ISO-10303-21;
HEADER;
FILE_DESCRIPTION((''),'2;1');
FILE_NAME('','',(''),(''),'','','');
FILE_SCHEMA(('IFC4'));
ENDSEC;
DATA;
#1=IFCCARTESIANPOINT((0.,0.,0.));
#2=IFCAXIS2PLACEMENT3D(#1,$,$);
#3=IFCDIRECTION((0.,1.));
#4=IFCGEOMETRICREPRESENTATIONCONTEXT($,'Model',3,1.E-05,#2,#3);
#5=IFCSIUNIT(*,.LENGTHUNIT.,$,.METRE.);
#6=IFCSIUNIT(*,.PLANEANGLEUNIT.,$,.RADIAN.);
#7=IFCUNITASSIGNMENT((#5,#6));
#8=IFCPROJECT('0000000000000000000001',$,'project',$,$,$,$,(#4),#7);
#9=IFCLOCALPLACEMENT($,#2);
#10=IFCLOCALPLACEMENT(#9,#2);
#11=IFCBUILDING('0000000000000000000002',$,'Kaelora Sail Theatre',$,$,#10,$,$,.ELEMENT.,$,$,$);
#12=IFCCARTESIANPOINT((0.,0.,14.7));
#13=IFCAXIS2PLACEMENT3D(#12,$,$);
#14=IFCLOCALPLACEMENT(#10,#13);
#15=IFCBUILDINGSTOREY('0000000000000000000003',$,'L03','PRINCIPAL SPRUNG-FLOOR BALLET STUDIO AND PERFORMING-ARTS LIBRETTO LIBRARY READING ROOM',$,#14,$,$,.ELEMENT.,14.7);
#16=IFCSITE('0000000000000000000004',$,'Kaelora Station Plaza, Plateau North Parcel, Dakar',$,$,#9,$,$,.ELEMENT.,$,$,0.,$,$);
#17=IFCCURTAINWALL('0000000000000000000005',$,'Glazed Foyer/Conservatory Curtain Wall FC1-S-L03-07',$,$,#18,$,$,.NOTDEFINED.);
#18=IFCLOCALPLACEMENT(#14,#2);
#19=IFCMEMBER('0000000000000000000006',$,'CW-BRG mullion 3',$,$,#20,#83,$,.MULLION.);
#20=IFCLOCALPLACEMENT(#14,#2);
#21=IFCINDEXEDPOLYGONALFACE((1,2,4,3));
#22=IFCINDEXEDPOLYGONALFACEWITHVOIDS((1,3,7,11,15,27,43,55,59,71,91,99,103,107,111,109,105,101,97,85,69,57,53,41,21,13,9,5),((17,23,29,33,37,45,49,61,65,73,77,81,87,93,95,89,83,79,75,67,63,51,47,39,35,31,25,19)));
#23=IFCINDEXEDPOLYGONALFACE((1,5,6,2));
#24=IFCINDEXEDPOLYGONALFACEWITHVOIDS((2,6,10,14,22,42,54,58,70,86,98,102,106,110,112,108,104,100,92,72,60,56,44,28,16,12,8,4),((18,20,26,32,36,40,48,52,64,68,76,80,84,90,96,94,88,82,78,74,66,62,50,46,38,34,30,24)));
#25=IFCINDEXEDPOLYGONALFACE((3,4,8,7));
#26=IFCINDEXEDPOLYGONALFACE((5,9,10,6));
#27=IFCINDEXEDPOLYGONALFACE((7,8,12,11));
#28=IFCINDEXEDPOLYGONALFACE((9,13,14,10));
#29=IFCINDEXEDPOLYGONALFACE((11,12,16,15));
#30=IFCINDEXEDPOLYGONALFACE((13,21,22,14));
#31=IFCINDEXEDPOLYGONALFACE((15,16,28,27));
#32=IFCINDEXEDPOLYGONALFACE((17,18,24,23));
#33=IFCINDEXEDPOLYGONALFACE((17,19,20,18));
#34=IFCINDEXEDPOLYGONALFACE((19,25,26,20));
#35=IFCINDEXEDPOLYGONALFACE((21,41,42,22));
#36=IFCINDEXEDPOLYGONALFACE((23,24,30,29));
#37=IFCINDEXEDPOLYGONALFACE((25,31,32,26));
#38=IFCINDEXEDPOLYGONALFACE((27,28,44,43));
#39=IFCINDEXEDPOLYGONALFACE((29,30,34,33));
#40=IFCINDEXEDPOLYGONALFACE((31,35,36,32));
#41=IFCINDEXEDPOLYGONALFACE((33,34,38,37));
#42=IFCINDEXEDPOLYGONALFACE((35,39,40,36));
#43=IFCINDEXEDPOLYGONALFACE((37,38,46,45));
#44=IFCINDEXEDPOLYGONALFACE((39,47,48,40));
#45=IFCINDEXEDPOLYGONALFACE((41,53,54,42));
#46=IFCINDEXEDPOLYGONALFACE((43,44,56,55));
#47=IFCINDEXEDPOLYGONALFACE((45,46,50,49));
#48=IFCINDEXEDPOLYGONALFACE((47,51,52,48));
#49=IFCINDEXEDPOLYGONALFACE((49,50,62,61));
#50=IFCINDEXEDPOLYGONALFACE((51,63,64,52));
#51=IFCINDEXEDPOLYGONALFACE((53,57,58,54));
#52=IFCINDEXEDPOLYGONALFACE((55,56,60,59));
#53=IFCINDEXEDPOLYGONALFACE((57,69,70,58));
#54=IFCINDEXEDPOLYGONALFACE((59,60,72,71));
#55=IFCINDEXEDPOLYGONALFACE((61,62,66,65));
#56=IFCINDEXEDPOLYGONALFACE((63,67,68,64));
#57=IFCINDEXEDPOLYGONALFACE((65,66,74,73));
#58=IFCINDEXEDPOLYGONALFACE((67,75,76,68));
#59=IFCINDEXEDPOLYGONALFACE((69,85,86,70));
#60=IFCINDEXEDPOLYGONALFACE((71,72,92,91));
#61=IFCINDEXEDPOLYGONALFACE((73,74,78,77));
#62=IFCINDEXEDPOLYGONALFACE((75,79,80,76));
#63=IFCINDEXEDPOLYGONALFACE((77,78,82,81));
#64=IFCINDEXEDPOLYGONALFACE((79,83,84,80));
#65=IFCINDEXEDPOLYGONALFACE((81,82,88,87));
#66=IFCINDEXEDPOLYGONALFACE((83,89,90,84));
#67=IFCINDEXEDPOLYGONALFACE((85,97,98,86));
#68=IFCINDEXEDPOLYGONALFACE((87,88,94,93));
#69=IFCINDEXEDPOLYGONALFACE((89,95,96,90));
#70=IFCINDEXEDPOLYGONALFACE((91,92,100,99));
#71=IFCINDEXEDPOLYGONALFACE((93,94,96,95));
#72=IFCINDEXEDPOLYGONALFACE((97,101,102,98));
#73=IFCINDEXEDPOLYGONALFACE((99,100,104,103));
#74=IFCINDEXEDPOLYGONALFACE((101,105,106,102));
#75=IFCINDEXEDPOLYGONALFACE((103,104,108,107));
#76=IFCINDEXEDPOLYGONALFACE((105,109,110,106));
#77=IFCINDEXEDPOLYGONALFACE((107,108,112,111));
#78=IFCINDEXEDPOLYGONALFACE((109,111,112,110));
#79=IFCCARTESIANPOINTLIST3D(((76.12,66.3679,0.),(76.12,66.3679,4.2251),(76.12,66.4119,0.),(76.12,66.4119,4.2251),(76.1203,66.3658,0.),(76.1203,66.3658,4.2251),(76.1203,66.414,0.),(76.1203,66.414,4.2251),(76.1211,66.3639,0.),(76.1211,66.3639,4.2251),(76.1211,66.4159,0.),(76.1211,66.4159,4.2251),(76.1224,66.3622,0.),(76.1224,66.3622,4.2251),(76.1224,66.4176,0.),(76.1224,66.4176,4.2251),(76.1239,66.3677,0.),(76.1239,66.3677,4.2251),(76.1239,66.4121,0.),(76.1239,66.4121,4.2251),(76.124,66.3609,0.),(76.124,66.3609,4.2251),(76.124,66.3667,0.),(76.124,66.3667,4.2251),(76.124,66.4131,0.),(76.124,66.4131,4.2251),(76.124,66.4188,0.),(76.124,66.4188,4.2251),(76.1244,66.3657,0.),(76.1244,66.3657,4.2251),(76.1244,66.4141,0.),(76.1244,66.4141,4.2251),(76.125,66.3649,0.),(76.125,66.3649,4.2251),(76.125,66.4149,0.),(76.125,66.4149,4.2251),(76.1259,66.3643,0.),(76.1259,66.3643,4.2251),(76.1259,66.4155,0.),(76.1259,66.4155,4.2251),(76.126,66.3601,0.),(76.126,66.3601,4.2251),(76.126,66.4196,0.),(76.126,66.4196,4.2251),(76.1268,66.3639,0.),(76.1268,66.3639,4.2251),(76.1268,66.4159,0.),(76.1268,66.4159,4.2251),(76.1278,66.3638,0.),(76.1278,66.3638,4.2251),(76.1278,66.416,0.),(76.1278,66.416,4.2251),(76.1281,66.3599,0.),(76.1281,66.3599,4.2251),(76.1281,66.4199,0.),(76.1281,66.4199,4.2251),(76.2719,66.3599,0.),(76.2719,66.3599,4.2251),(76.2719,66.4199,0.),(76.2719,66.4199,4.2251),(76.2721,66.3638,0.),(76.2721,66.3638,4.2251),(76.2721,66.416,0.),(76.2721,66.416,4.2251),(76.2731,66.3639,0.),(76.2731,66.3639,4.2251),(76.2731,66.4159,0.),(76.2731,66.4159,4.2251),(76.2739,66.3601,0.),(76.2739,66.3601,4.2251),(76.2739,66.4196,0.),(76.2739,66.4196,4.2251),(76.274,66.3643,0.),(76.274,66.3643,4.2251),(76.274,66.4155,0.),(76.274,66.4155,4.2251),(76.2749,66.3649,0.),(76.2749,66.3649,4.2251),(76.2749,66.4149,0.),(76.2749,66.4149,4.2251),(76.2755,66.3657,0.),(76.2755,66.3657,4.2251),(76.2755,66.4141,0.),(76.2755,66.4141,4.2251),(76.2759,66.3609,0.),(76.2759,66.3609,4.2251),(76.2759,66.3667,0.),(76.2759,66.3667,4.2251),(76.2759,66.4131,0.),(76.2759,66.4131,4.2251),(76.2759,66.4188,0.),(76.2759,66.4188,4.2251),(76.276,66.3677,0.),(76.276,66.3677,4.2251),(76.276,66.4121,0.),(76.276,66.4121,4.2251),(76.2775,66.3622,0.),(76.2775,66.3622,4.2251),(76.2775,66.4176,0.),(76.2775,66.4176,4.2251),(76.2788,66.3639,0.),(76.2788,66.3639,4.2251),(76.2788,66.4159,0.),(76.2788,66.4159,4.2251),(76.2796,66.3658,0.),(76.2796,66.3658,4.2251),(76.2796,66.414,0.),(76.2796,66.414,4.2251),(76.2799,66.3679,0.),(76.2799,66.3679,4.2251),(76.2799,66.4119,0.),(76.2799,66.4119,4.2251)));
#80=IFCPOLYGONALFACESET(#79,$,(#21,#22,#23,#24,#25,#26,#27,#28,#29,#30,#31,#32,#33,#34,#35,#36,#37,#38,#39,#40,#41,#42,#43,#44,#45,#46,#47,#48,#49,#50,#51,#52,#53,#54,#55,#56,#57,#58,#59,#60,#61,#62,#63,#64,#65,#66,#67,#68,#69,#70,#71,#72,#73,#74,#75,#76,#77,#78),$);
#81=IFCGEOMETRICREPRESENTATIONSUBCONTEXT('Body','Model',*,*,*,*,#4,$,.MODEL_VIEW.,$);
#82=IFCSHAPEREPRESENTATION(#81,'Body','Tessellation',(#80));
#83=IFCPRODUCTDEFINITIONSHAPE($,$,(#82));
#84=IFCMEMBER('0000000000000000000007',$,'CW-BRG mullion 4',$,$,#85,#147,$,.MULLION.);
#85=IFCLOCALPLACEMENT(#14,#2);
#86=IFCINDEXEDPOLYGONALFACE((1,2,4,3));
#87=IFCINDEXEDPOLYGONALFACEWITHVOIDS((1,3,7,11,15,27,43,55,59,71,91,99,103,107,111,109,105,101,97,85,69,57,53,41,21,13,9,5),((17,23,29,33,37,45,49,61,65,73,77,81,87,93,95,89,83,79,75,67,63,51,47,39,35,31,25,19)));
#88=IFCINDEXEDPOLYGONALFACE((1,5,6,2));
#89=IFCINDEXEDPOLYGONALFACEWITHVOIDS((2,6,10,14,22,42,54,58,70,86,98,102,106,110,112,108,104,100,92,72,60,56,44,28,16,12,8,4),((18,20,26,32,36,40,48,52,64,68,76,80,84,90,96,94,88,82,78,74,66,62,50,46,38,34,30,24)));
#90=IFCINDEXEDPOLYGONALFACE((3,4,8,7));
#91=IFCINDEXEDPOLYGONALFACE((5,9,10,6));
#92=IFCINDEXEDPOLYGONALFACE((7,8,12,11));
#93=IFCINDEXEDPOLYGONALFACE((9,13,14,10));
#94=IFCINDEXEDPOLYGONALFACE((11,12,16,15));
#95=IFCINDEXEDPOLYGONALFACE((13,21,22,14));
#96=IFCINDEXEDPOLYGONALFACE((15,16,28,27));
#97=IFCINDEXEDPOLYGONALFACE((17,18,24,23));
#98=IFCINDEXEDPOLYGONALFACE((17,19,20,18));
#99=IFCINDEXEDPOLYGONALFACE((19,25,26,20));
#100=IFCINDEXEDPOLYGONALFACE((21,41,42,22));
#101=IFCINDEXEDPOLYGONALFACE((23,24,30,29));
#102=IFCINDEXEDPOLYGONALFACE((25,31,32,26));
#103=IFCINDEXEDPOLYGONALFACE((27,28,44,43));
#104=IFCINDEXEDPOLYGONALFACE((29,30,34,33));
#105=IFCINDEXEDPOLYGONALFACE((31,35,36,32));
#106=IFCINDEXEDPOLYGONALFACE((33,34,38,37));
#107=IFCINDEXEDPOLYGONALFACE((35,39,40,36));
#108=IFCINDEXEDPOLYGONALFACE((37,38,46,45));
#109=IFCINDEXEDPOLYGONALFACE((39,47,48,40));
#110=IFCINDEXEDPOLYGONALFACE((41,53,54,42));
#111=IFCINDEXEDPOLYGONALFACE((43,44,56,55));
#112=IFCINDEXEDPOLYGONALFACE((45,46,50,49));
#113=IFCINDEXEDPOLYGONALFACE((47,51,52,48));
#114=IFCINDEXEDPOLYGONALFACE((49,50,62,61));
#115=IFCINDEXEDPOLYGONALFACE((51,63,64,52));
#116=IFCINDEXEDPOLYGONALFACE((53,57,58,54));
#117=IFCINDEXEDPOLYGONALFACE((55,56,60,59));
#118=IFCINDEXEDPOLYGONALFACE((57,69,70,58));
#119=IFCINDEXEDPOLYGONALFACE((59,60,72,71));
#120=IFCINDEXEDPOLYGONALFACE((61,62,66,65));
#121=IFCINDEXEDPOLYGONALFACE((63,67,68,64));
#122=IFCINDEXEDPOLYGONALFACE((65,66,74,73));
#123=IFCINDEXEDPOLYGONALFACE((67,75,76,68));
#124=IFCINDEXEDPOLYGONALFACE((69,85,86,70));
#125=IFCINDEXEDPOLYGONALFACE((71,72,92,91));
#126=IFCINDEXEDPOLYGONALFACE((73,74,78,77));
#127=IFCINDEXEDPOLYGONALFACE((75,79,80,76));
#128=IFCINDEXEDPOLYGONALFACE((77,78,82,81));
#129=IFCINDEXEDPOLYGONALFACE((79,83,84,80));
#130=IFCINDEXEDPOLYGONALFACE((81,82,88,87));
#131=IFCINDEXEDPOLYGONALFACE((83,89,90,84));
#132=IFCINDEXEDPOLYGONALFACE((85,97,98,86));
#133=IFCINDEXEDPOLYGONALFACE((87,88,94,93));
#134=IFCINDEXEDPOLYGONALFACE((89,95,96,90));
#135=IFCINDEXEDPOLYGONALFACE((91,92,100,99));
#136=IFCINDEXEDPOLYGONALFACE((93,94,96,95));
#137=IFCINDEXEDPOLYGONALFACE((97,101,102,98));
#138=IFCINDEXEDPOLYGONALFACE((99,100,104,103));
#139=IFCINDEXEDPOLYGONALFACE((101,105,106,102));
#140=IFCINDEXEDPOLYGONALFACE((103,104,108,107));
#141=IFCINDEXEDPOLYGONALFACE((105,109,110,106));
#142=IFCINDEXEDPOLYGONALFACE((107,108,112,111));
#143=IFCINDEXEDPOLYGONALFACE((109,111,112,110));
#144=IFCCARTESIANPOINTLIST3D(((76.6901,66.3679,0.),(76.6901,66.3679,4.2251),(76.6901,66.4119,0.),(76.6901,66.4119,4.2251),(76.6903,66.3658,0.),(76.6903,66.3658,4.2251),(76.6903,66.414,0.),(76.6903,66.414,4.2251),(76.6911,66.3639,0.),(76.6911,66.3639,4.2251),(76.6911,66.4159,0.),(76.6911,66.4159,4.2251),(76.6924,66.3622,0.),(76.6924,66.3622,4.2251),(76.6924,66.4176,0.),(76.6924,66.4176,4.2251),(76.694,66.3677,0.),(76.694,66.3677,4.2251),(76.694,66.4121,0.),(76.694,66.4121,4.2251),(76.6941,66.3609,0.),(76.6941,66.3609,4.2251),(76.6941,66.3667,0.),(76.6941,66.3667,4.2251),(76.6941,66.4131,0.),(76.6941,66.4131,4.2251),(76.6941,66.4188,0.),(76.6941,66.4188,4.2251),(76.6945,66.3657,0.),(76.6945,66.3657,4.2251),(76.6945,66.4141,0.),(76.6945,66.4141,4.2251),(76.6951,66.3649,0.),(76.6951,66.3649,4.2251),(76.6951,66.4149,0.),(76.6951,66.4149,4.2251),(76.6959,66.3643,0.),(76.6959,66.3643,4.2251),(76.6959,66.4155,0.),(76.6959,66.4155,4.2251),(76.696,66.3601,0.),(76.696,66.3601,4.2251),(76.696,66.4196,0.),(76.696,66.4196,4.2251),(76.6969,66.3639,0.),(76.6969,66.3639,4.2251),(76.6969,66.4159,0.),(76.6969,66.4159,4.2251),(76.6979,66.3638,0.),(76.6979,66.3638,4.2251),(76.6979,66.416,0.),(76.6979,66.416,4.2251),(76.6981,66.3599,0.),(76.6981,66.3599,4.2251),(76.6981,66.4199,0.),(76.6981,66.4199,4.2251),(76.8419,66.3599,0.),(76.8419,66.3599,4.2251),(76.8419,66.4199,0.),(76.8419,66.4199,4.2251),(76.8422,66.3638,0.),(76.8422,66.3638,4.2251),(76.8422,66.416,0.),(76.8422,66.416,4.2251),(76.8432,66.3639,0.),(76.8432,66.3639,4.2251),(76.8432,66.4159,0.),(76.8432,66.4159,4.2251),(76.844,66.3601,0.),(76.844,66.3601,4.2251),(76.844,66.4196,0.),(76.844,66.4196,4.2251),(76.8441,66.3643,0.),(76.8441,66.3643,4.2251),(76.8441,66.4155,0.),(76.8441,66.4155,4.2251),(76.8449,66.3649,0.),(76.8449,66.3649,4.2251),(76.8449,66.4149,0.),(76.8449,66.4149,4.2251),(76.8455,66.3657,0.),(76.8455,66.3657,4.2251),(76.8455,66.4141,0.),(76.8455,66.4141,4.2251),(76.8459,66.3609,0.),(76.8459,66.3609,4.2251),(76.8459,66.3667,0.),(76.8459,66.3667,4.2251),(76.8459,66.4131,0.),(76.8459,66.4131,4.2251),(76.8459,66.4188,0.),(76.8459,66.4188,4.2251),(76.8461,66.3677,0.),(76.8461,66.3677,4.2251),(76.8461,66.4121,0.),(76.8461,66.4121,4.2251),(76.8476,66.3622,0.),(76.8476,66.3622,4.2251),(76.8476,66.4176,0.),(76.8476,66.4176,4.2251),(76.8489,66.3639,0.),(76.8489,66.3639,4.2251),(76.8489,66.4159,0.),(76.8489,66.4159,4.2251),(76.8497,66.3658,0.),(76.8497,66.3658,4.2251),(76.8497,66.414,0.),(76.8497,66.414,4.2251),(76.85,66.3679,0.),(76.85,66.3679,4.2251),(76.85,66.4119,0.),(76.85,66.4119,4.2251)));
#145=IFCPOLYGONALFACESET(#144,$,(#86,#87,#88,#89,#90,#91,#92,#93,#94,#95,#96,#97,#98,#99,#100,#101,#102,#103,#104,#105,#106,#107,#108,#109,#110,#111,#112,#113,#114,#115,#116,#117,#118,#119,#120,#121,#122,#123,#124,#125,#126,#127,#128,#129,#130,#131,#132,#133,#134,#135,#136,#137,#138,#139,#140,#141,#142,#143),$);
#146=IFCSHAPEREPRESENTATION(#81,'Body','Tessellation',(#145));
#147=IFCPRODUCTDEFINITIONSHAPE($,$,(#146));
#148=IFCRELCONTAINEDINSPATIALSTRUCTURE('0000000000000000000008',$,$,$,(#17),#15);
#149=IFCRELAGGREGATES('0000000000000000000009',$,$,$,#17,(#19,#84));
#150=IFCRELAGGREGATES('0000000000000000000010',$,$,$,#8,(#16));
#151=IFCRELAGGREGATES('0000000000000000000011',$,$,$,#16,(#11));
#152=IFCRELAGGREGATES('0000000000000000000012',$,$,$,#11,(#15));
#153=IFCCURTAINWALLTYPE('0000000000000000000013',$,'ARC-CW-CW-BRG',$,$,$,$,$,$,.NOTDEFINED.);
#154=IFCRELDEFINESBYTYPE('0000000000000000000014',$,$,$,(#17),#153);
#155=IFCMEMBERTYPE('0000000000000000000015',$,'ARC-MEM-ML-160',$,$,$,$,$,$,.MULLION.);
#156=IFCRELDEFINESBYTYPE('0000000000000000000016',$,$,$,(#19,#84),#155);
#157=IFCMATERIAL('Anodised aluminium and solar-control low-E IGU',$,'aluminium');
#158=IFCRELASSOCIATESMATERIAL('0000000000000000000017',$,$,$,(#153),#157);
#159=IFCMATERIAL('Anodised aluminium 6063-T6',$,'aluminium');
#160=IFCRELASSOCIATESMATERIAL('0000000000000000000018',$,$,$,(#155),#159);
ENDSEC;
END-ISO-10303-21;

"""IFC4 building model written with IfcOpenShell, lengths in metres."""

from ifc_helpers import new_model, si_unit, direction, frame, origin, origin_2d, place, context, subcontext, project, spatial, hollow_rectangle, extrude, material, material_profile, profile_set, type_object, element, aggregate, save


model = new_model("IFC4")

# Units and contexts
model_context = context("Model", 3, precision=1e-05, world=origin(), true_north=direction((0.0, 1.0)))
body_context = subcontext(model_context, "Body", "Model", "MODEL_VIEW")
ifc_project = project(units=[si_unit("LENGTHUNIT", "METRE"), si_unit("PLANEANGLEUNIT", "RADIAN")], contexts=[model_context])

# Site, building, storey
site_placement = place(None, origin())
site = spatial("IfcSite", under=ifc_project, at=site_placement, Name="Kaelora Station Plaza, Plateau North Parcel, Dakar", CompositionType="ELEMENT", RefElevation=0.0)
building_placement = place(site_placement, origin())
building = spatial("IfcBuilding", under=site, at=building_placement, Name="Kaelora Sail Theatre", CompositionType="ELEMENT")
storey_placement = place(building_placement, frame((0.0, 0.0, 14.7)))
storey = spatial("IfcBuildingStorey", under=building, at=storey_placement, Name="L03", Description="PRINCIPAL SPRUNG-FLOOR BALLET STUDIO AND PERFORMING-ARTS LIBRETTO LIBRARY READING ROOM", CompositionType="ELEMENT", Elevation=14.7)

# Curtain wall, members
ifc_material_1 = material(Name="Anodised aluminium and solar-control low-E IGU", Category="aluminium")
curtain_wall_type = type_object("IfcCurtainWallType", Name="ARC-CW-CW-BRG", PredefinedType="NOTDEFINED", material=ifc_material_1)
curtain_wall_1_placement = place(storey_placement, origin())
curtain_wall_1 = element("IfcCurtainWall", 1, at=curtain_wall_1_placement, inside=storey, type_object=curtain_wall_type, Name="Glazed Foyer/Conservatory Curtain Wall FC1-S-L03-07", PredefinedType="NOTDEFINED")
ifc_material_2 = material(Name="Anodised aluminium 6063-T6", Category="aluminium")
ifc_material_profile_1 = material_profile(ifc_material_2, hollow_rectangle(XDim=0.0601, YDim=0.1599, WallThickness=0.0039, InnerFilletRadius=0.0039, OuterFilletRadius=0.0081, at=origin_2d()), Name="ALU-MULL 60x160x4")
ifc_profile_set_1 = profile_set([ifc_material_profile_1], Name="Anodised aluminium 6063-T6")
member_type_1 = type_object("IfcMemberType", Name="ARC-MEM-ML-160", PredefinedType="MULLION", material=ifc_profile_set_1)
member_1_placement = place(storey_placement, frame((76.2, 66.3899, 0.0), z_axis=(0.0, 0.0, 1.0), x_axis=(0.0, 1.0, 0.0)))
member_1 = element("IfcMember", 2, at=member_1_placement, type_object=member_type_1, Name="CW-BRG mullion 3", PredefinedType="MULLION", context=body_context, shape_type="SweptSolid", body=[
    extrude(hollow_rectangle(XDim=0.0601, YDim=0.1599, WallThickness=0.0039, InnerFilletRadius=0.0039, OuterFilletRadius=0.0081, at=origin_2d()), origin(), (0.0, 0.0, 1.0), 4.2251),
])
member_2_placement = place(storey_placement, frame((76.77, 66.3899, 0.0), z_axis=(0.0, 0.0, 1.0), x_axis=(0.0, 1.0, 0.0)))
member_2 = element("IfcMember", 3, at=member_2_placement, type_object=member_type_1, Name="CW-BRG mullion 4", PredefinedType="MULLION", context=body_context, shape_type="SweptSolid", body=[
    extrude(hollow_rectangle(XDim=0.0601, YDim=0.1599, WallThickness=0.0039, InnerFilletRadius=0.0039, OuterFilletRadius=0.0081, at=origin_2d()), origin(), (0.0, 0.0, 1.0), 4.2251),
])

aggregate(curtain_wall_1, [member_1, member_2])

save(model, "model.ifc")
